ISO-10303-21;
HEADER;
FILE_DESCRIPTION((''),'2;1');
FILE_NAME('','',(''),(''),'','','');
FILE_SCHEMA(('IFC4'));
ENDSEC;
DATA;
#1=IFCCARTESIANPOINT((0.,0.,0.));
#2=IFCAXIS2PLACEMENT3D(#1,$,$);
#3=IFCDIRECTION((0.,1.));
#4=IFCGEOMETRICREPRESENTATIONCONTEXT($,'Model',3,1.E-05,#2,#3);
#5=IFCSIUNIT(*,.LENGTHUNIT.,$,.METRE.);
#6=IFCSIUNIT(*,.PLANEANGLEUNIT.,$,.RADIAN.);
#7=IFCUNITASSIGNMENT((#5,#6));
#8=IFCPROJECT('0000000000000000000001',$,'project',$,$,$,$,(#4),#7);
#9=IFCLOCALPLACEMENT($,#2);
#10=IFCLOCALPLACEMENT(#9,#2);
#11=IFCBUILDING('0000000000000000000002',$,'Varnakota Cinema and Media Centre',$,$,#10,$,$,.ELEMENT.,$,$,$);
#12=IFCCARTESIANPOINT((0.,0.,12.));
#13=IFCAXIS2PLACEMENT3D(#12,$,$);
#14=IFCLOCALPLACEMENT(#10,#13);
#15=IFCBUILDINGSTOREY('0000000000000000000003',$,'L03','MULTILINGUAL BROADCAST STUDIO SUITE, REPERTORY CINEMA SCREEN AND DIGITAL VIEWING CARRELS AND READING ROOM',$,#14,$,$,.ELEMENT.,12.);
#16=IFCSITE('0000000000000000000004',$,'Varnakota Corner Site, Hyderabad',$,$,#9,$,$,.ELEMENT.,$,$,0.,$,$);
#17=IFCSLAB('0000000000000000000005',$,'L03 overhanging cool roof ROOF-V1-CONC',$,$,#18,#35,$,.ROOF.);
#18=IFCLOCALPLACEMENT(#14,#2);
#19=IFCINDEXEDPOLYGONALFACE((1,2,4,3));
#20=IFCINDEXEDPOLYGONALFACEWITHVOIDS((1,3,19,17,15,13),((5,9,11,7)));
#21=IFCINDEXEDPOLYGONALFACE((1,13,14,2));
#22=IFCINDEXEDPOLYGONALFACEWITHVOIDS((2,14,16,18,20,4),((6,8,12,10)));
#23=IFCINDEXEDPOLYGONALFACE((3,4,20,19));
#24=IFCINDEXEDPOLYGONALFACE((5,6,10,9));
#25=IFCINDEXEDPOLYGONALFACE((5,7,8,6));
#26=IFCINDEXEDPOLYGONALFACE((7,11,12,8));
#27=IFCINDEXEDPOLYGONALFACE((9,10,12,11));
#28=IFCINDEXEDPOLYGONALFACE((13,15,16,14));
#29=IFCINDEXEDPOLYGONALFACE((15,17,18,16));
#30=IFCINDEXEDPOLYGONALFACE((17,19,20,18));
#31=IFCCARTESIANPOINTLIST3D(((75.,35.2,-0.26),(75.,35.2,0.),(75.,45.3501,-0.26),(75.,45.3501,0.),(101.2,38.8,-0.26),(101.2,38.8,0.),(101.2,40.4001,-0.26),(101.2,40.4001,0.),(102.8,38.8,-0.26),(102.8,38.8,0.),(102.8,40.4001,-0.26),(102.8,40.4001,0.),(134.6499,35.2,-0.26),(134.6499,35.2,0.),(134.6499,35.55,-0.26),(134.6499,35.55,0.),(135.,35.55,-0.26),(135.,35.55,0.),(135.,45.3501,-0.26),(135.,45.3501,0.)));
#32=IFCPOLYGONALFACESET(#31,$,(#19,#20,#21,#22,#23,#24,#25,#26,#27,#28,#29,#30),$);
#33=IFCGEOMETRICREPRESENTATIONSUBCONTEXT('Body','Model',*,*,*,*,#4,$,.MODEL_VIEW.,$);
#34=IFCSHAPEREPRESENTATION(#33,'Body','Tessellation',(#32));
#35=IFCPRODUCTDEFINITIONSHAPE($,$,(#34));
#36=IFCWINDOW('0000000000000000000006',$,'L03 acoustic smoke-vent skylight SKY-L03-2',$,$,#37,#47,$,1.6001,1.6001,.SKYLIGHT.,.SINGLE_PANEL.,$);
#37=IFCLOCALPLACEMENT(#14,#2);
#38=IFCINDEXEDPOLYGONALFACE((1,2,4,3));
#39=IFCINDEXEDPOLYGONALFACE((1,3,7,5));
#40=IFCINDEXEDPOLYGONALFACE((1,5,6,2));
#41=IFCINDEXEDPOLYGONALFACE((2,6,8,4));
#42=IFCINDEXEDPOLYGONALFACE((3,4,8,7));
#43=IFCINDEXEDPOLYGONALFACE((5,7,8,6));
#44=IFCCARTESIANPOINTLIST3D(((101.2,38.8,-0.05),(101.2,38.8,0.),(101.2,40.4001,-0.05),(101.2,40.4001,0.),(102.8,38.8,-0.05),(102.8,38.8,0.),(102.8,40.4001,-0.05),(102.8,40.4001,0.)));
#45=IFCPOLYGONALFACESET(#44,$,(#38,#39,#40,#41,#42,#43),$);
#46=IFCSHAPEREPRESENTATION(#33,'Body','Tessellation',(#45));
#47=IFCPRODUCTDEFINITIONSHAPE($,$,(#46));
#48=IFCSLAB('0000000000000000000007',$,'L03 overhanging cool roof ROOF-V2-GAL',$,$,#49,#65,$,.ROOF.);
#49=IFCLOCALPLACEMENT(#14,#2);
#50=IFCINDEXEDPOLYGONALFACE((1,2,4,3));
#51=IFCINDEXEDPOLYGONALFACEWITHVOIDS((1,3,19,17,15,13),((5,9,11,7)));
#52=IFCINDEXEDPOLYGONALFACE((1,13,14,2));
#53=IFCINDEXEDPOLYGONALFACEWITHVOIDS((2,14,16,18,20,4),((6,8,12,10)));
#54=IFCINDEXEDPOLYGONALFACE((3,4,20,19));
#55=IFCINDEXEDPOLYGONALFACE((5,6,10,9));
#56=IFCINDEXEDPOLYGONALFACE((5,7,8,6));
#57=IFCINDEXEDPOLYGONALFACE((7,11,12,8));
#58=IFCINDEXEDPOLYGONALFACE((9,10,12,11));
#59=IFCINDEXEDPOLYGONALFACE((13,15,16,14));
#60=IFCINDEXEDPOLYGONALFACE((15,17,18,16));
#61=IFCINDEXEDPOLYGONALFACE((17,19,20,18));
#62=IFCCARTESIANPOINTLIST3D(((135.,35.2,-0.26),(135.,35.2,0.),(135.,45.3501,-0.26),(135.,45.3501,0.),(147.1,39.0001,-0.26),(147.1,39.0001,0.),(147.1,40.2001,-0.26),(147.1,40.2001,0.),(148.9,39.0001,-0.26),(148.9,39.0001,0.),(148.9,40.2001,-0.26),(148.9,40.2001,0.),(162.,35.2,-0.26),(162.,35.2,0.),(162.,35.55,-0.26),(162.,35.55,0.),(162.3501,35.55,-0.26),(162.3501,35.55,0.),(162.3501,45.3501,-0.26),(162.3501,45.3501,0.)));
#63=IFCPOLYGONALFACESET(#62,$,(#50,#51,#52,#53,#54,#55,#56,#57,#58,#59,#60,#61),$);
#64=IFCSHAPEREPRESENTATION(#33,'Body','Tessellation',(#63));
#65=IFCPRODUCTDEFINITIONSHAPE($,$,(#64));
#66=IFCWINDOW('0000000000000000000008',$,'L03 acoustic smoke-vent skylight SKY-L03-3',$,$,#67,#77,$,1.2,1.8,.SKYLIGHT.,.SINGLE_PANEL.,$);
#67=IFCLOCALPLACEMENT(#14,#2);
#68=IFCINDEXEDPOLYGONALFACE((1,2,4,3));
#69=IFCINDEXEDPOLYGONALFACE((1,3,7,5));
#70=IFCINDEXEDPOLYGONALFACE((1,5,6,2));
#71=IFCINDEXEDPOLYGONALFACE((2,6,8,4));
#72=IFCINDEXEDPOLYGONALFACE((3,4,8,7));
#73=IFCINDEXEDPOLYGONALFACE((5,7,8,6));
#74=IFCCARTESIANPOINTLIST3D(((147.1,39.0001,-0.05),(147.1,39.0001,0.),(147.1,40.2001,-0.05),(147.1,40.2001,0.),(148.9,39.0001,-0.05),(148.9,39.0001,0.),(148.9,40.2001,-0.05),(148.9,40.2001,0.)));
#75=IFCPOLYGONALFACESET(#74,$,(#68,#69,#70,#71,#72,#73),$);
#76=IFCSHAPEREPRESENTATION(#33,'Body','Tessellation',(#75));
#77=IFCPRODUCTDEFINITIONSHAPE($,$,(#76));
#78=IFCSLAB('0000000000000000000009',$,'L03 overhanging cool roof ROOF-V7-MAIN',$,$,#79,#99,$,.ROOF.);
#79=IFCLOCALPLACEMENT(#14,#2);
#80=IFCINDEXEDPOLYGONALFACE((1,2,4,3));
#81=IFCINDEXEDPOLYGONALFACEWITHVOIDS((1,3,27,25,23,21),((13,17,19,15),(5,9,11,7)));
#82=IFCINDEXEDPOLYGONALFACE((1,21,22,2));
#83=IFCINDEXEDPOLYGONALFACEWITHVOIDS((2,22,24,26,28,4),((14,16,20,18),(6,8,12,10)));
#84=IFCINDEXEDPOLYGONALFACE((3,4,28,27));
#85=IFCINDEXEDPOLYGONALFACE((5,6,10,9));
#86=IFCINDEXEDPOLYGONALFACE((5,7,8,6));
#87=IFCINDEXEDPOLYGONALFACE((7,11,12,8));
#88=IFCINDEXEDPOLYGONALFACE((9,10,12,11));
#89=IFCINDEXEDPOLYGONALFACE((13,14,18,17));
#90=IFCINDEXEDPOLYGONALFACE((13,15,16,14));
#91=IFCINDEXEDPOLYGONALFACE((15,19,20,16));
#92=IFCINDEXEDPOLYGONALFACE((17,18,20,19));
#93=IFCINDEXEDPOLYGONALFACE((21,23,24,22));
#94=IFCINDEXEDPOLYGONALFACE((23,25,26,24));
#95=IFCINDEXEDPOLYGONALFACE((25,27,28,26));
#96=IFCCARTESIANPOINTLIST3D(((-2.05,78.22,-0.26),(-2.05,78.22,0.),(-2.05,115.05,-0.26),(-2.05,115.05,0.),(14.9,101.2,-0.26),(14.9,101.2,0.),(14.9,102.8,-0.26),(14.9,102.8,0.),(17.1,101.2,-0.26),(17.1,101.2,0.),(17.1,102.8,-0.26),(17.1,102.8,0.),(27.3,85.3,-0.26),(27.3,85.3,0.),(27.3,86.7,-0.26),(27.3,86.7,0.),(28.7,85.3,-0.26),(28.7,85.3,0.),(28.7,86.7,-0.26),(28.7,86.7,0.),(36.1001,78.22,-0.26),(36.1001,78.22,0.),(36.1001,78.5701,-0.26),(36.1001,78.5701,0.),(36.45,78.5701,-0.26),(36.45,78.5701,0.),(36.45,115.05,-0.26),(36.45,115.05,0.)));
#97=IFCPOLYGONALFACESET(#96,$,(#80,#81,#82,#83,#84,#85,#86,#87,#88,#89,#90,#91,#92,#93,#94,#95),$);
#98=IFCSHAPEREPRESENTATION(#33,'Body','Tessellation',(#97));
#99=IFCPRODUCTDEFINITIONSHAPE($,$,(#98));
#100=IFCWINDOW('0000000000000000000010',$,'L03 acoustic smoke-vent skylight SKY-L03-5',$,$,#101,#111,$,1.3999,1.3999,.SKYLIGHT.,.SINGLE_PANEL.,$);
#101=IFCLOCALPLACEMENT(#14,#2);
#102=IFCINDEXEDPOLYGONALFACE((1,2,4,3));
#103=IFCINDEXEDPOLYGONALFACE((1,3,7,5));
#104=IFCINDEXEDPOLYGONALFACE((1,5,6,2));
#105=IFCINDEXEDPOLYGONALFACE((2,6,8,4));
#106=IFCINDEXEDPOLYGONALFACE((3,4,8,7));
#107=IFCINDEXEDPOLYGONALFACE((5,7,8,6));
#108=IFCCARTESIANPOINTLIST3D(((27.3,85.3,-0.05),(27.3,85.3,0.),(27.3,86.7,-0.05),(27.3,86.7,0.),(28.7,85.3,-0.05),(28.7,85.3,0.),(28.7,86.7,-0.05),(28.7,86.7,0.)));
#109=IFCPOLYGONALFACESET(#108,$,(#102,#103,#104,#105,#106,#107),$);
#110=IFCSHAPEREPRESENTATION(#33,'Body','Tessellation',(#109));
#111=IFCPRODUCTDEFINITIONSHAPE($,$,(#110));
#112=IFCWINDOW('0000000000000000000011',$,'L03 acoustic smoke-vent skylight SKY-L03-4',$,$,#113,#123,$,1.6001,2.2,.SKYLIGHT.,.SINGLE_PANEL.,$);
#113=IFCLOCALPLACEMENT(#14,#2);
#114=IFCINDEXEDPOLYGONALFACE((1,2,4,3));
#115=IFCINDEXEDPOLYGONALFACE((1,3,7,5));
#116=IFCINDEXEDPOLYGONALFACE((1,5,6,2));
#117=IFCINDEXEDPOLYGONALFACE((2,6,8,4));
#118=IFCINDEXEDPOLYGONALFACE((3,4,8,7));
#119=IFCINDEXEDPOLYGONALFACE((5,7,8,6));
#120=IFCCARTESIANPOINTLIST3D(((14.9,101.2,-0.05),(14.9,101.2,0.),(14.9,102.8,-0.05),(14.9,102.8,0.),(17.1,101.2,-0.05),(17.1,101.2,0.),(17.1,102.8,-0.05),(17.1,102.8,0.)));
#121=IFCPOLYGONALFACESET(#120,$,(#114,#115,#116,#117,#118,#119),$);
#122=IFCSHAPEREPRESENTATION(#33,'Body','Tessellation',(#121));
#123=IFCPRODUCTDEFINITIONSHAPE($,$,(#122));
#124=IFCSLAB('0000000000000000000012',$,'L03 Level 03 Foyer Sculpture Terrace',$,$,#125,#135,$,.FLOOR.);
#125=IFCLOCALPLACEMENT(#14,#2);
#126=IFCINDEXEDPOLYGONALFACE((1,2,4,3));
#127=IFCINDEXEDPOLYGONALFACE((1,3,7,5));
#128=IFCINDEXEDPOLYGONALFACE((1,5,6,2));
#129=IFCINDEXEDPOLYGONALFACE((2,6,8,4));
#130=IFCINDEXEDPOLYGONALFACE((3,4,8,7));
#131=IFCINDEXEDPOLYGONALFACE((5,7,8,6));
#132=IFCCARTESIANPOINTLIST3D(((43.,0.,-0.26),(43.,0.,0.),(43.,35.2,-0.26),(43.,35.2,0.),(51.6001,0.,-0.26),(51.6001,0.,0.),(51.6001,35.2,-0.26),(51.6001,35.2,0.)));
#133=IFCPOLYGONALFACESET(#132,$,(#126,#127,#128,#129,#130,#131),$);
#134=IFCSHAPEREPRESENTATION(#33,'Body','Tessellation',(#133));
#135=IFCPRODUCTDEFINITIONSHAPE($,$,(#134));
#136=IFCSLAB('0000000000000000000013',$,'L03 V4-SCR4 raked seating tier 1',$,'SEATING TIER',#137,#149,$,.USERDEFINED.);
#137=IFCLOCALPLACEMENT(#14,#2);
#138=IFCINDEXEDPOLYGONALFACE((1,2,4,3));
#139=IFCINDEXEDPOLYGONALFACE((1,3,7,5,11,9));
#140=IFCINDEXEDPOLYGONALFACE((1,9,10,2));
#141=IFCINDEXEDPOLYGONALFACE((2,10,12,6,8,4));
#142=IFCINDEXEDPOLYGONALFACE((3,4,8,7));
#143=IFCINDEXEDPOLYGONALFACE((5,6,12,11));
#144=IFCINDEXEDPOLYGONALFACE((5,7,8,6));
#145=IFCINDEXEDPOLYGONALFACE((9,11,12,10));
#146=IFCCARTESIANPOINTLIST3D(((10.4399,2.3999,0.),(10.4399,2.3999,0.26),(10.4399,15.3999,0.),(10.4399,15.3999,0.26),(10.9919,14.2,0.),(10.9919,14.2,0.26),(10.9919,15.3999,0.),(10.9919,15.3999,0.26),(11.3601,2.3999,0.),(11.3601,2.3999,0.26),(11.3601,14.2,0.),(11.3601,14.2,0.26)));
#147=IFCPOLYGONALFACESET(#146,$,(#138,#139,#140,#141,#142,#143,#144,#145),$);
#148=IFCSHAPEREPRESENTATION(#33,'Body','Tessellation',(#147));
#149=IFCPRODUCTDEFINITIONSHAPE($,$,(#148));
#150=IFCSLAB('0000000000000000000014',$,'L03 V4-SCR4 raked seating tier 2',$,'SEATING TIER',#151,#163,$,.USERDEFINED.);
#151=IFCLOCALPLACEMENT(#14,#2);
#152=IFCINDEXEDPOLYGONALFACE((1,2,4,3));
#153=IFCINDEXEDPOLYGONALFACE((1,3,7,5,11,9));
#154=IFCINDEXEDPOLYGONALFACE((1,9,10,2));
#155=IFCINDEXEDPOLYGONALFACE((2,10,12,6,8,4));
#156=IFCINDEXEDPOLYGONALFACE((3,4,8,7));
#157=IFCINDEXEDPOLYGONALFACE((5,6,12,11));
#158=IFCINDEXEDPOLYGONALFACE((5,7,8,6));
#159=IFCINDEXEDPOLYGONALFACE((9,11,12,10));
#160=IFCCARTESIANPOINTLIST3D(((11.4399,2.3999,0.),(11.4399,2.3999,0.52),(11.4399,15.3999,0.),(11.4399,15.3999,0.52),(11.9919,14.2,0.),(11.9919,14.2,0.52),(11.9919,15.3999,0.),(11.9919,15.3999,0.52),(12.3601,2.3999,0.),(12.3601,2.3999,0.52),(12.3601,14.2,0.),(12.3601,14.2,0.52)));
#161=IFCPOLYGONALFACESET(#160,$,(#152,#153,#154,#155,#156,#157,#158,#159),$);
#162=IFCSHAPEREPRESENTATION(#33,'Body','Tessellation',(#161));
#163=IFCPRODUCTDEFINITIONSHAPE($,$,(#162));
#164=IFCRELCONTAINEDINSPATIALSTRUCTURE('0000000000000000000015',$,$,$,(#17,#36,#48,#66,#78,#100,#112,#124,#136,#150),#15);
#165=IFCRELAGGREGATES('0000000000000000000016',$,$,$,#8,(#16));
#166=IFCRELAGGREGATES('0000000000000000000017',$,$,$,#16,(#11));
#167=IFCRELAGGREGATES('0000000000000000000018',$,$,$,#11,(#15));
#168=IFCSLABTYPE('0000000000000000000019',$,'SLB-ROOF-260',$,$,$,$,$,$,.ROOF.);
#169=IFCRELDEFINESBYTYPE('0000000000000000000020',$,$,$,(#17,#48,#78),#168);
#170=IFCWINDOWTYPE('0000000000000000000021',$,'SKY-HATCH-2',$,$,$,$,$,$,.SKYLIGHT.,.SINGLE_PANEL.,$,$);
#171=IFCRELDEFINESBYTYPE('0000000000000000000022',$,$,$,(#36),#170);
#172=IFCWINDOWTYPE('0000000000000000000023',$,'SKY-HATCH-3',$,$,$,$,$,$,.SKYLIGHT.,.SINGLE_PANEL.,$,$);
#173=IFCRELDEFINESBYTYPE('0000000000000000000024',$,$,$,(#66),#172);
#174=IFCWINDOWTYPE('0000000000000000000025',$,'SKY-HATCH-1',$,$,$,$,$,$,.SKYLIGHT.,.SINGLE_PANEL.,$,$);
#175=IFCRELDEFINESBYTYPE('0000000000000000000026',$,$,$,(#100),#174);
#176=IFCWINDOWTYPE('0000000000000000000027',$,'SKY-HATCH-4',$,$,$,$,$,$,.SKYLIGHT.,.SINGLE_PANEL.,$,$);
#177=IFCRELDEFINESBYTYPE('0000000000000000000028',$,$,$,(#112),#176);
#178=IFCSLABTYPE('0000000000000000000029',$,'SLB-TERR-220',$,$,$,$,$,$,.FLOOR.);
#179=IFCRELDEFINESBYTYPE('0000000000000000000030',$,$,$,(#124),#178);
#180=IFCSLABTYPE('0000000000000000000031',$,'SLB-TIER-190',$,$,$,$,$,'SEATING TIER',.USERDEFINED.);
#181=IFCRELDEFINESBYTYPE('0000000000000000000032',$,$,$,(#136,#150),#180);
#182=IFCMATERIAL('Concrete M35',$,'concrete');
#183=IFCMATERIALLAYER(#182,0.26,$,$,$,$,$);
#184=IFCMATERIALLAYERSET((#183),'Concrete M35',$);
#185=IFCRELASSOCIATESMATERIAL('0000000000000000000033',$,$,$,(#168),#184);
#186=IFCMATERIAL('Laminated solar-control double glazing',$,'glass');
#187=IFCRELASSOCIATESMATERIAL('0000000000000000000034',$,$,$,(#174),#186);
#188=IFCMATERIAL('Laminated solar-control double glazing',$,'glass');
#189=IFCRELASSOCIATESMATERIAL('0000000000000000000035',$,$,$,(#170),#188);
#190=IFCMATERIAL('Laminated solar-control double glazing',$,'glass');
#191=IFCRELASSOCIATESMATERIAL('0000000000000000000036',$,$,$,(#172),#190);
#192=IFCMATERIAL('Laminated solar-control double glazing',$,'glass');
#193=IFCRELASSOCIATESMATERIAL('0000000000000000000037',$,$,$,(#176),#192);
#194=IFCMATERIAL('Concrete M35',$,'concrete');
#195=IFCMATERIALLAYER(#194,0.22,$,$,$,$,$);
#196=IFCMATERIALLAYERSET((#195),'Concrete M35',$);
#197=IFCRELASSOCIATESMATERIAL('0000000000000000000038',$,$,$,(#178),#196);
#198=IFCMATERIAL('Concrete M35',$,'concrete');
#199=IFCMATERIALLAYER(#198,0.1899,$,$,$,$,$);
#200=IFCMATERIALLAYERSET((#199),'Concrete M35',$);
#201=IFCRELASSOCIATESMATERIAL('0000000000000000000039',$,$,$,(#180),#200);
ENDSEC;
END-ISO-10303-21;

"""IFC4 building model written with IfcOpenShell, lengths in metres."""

from ifc_helpers import new_model, si_unit, direction, frame, origin, origin_2d, place, context, subcontext, project, spatial, polyline, rectangle, outline, extrude, material, layer, layer_set, type_object, element, fill, save


model = new_model("IFC4")

# Units and contexts
model_context = context("Model", 3, precision=1e-05, world=origin(), true_north=direction((0.0, 1.0)))
body_context = subcontext(model_context, "Body", "Model", "MODEL_VIEW")
ifc_project = project(units=[si_unit("LENGTHUNIT", "METRE"), si_unit("PLANEANGLEUNIT", "RADIAN")], contexts=[model_context])

# Site, building, storey
site_placement = place(None, origin())
site = spatial("IfcSite", under=ifc_project, at=site_placement, Name="Varnakota Corner Site, Hyderabad", CompositionType="ELEMENT", RefElevation=0.0)
building_placement = place(site_placement, origin())
building = spatial("IfcBuilding", under=site, at=building_placement, Name="Varnakota Cinema and Media Centre", CompositionType="ELEMENT")
storey_placement = place(building_placement, frame((0.0, 0.0, 12.0)))
storey = spatial("IfcBuildingStorey", under=building, at=storey_placement, Name="L03", Description="MULTILINGUAL BROADCAST STUDIO SUITE, REPERTORY CINEMA SCREEN AND DIGITAL VIEWING CARRELS AND READING ROOM", CompositionType="ELEMENT", Elevation=12.0)

# Shared definitions
ifc_material_1 = material(Name="Concrete M35", Category="concrete")
ifc_layer_1 = layer(ifc_material_1, 0.26)
ifc_layer_set_1 = layer_set([ifc_layer_1], Name="Concrete M35")
slab_type_1 = type_object("IfcSlabType", Name="SLB-ROOF-260", PredefinedType="ROOF", material=ifc_layer_set_1)

# Slabs, openings, windows
ifc_material_2 = material(Name="Laminated solar-control double glazing", Category="glass")
window_type_1 = type_object("IfcWindowType", Name="SKY-HATCH-1", PartitioningType="SINGLE_PANEL", PredefinedType="SKYLIGHT", material=ifc_material_2)
slab_1_placement = place(storey_placement, frame((0.0, 0.0, -0.26)))
slab_1 = element("IfcSlab", 1, at=slab_1_placement, inside=storey, type_object=slab_type_1, Name="L03 overhanging cool roof ROOF-V1-CONC", PredefinedType="ROOF", context=body_context, shape_type="SweptSolid", body=[
    extrude(outline(polyline([(75.0, 35.2), (134.6499, 35.2), (134.6499, 35.55), (135.0, 35.55), (135.0, 45.3501), (75.0, 45.3501), (75.0, 35.2)])), origin(), (0.0, 0.0, 1.0), 0.26),
])
opening_1_placement = place(slab_1_placement, frame((102.0, 39.6001, 0.0)))
opening_1 = element("IfcOpeningElement", 2, at=opening_1_placement, cuts=slab_1, PredefinedType="OPENING", context=body_context, shape_type="SweptSolid", body=[
    extrude(rectangle(XDim=1.6001, YDim=1.6001, at=origin_2d()), origin(), (0.0, 0.0, 1.0), 0.26),
])
ifc_material_3 = material(Name="Laminated solar-control double glazing", Category="glass")
window_type_2 = type_object("IfcWindowType", Name="SKY-HATCH-2", PartitioningType="SINGLE_PANEL", PredefinedType="SKYLIGHT", material=ifc_material_3)
window_1_placement = place(opening_1_placement, frame((0.0, 0.0, 0.21)))
window_1 = element("IfcWindow", 3, at=window_1_placement, inside=storey, type_object=window_type_2, Name="L03 acoustic smoke-vent skylight SKY-L03-2", OverallHeight=1.6001, OverallWidth=1.6001, PartitioningType="SINGLE_PANEL", PredefinedType="SKYLIGHT", context=body_context, shape_type="SweptSolid", body=[
    extrude(rectangle(XDim=1.6001, YDim=1.6001, at=origin_2d()), origin(), (0.0, 0.0, 1.0), 0.05),
])
fill(opening_1, window_1)
slab_2_placement = place(storey_placement, frame((0.0, 0.0, -0.26)))
slab_2 = element("IfcSlab", 4, at=slab_2_placement, inside=storey, type_object=slab_type_1, Name="L03 overhanging cool roof ROOF-V2-GAL", PredefinedType="ROOF", context=body_context, shape_type="SweptSolid", body=[
    extrude(outline(polyline([(135.0, 35.2), (162.0, 35.2), (162.0, 35.55), (162.3501, 35.55), (162.3501, 45.3501), (135.0, 45.3501), (135.0, 35.2)])), origin(), (0.0, 0.0, 1.0), 0.26),
])
opening_2_placement = place(slab_2_placement, frame((148.0, 39.6001, 0.0)))
opening_2 = element("IfcOpeningElement", 5, at=opening_2_placement, cuts=slab_2, PredefinedType="OPENING", context=body_context, shape_type="SweptSolid", body=[
    extrude(rectangle(XDim=1.8, YDim=1.2, at=origin_2d()), origin(), (0.0, 0.0, 1.0), 0.26),
])
ifc_material_4 = material(Name="Laminated solar-control double glazing", Category="glass")
window_type_3 = type_object("IfcWindowType", Name="SKY-HATCH-3", PartitioningType="SINGLE_PANEL", PredefinedType="SKYLIGHT", material=ifc_material_4)
window_2_placement = place(opening_2_placement, frame((0.0, 0.0, 0.21)))
window_2 = element("IfcWindow", 6, at=window_2_placement, inside=storey, type_object=window_type_3, Name="L03 acoustic smoke-vent skylight SKY-L03-3", OverallHeight=1.2, OverallWidth=1.8, PartitioningType="SINGLE_PANEL", PredefinedType="SKYLIGHT", context=body_context, shape_type="SweptSolid", body=[
    extrude(rectangle(XDim=1.8, YDim=1.2, at=origin_2d()), origin(), (0.0, 0.0, 1.0), 0.05),
])
fill(opening_2, window_2)

# Slab, openings, windows
slab_3_placement = place(storey_placement, frame((0.0, 0.0, -0.26)))
slab_3 = element("IfcSlab", 7, at=slab_3_placement, inside=storey, type_object=slab_type_1, Name="L03 overhanging cool roof ROOF-V7-MAIN", PredefinedType="ROOF", context=body_context, shape_type="SweptSolid", body=[
    extrude(outline(polyline([(-2.05, 78.22), (36.1001, 78.22), (36.1001, 78.5701), (36.45, 78.5701), (36.45, 115.05), (-2.05, 115.05), (-2.05, 78.22)])), origin(), (0.0, 0.0, 1.0), 0.26),
])
opening_3_placement = place(slab_3_placement, frame((16.0, 102.0, 0.0)))
opening_3 = element("IfcOpeningElement", 8, at=opening_3_placement, cuts=slab_3, PredefinedType="OPENING", context=body_context, shape_type="SweptSolid", body=[
    extrude(rectangle(XDim=2.2, YDim=1.6001, at=origin_2d()), origin(), (0.0, 0.0, 1.0), 0.26),
])
opening_4_placement = place(slab_3_placement, frame((28.0, 86.0, 0.0)))
opening_4 = element("IfcOpeningElement", 9, at=opening_4_placement, cuts=slab_3, PredefinedType="OPENING", context=body_context, shape_type="SweptSolid", body=[
    extrude(rectangle(XDim=1.3999, YDim=1.3999, at=origin_2d()), origin(), (0.0, 0.0, 1.0), 0.26),
])
window_3_placement = place(opening_4_placement, frame((0.0, 0.0, 0.21)))
window_3 = element("IfcWindow", 10, at=window_3_placement, inside=storey, type_object=window_type_1, Name="L03 acoustic smoke-vent skylight SKY-L03-5", OverallHeight=1.3999, OverallWidth=1.3999, PartitioningType="SINGLE_PANEL", PredefinedType="SKYLIGHT", context=body_context, shape_type="SweptSolid", body=[
    extrude(rectangle(XDim=1.3999, YDim=1.3999, at=origin_2d()), origin(), (0.0, 0.0, 1.0), 0.05),
])
fill(opening_4, window_3)
ifc_material_5 = material(Name="Laminated solar-control double glazing", Category="glass")
window_type_4 = type_object("IfcWindowType", Name="SKY-HATCH-4", PartitioningType="SINGLE_PANEL", PredefinedType="SKYLIGHT", material=ifc_material_5)
window_4_placement = place(opening_3_placement, frame((0.0, 0.0, 0.21)))
window_4 = element("IfcWindow", 11, at=window_4_placement, inside=storey, type_object=window_type_4, Name="L03 acoustic smoke-vent skylight SKY-L03-4", OverallHeight=1.6001, OverallWidth=2.2, PartitioningType="SINGLE_PANEL", PredefinedType="SKYLIGHT", context=body_context, shape_type="SweptSolid", body=[
    extrude(rectangle(XDim=2.2, YDim=1.6001, at=origin_2d()), origin(), (0.0, 0.0, 1.0), 0.05),
])
fill(opening_3, window_4)

# Slabs
ifc_material_6 = material(Name="Concrete M35", Category="concrete")
ifc_layer_2 = layer(ifc_material_6, 0.22)
ifc_layer_set_2 = layer_set([ifc_layer_2], Name="Concrete M35")
slab_type_2 = type_object("IfcSlabType", Name="SLB-TERR-220", PredefinedType="FLOOR", material=ifc_layer_set_2)
slab_4_placement = place(storey_placement, frame((0.0, 0.0, -0.26)))
element("IfcSlab", 12, at=slab_4_placement, inside=storey, type_object=slab_type_2, Name="L03 Level 03 Foyer Sculpture Terrace", PredefinedType="FLOOR", context=body_context, shape_type="SweptSolid", body=[
    extrude(outline(polyline([(43.0, 0.0), (51.6001, 0.0), (51.6001, 35.2), (43.0, 35.2), (43.0, 0.0)])), origin(), (0.0, 0.0, 1.0), 0.26),
])
ifc_material_7 = material(Name="Concrete M35", Category="concrete")
ifc_layer_3 = layer(ifc_material_7, 0.1899)
ifc_layer_set_3 = layer_set([ifc_layer_3], Name="Concrete M35")
slab_type_3 = type_object("IfcSlabType", Name="SLB-TIER-190", ElementType="SEATING TIER", PredefinedType="USERDEFINED", material=ifc_layer_set_3)
slab_5_placement = place(storey_placement, origin())
element("IfcSlab", 13, at=slab_5_placement, inside=storey, type_object=slab_type_3, Name="L03 V4-SCR4 raked seating tier 1", ObjectType="SEATING TIER", PredefinedType="USERDEFINED", context=body_context, shape_type="SweptSolid", body=[
    extrude(outline(polyline([(10.4399, 2.3999), (11.3601, 2.3999), (11.3601, 14.2), (10.9919, 14.2), (10.9919, 15.3999), (10.4399, 15.3999), (10.4399, 2.3999)])), origin(), (0.0, 0.0, 1.0), 0.26),
])
slab_6_placement = place(storey_placement, origin())
element("IfcSlab", 14, at=slab_6_placement, inside=storey, type_object=slab_type_3, Name="L03 V4-SCR4 raked seating tier 2", ObjectType="SEATING TIER", PredefinedType="USERDEFINED", context=body_context, shape_type="SweptSolid", body=[
    extrude(outline(polyline([(11.4399, 2.3999), (12.3601, 2.3999), (12.3601, 14.2), (11.9919, 14.2), (11.9919, 15.3999), (11.4399, 15.3999), (11.4399, 2.3999)])), origin(), (0.0, 0.0, 1.0), 0.52),
])

save(model, "model.ifc")
